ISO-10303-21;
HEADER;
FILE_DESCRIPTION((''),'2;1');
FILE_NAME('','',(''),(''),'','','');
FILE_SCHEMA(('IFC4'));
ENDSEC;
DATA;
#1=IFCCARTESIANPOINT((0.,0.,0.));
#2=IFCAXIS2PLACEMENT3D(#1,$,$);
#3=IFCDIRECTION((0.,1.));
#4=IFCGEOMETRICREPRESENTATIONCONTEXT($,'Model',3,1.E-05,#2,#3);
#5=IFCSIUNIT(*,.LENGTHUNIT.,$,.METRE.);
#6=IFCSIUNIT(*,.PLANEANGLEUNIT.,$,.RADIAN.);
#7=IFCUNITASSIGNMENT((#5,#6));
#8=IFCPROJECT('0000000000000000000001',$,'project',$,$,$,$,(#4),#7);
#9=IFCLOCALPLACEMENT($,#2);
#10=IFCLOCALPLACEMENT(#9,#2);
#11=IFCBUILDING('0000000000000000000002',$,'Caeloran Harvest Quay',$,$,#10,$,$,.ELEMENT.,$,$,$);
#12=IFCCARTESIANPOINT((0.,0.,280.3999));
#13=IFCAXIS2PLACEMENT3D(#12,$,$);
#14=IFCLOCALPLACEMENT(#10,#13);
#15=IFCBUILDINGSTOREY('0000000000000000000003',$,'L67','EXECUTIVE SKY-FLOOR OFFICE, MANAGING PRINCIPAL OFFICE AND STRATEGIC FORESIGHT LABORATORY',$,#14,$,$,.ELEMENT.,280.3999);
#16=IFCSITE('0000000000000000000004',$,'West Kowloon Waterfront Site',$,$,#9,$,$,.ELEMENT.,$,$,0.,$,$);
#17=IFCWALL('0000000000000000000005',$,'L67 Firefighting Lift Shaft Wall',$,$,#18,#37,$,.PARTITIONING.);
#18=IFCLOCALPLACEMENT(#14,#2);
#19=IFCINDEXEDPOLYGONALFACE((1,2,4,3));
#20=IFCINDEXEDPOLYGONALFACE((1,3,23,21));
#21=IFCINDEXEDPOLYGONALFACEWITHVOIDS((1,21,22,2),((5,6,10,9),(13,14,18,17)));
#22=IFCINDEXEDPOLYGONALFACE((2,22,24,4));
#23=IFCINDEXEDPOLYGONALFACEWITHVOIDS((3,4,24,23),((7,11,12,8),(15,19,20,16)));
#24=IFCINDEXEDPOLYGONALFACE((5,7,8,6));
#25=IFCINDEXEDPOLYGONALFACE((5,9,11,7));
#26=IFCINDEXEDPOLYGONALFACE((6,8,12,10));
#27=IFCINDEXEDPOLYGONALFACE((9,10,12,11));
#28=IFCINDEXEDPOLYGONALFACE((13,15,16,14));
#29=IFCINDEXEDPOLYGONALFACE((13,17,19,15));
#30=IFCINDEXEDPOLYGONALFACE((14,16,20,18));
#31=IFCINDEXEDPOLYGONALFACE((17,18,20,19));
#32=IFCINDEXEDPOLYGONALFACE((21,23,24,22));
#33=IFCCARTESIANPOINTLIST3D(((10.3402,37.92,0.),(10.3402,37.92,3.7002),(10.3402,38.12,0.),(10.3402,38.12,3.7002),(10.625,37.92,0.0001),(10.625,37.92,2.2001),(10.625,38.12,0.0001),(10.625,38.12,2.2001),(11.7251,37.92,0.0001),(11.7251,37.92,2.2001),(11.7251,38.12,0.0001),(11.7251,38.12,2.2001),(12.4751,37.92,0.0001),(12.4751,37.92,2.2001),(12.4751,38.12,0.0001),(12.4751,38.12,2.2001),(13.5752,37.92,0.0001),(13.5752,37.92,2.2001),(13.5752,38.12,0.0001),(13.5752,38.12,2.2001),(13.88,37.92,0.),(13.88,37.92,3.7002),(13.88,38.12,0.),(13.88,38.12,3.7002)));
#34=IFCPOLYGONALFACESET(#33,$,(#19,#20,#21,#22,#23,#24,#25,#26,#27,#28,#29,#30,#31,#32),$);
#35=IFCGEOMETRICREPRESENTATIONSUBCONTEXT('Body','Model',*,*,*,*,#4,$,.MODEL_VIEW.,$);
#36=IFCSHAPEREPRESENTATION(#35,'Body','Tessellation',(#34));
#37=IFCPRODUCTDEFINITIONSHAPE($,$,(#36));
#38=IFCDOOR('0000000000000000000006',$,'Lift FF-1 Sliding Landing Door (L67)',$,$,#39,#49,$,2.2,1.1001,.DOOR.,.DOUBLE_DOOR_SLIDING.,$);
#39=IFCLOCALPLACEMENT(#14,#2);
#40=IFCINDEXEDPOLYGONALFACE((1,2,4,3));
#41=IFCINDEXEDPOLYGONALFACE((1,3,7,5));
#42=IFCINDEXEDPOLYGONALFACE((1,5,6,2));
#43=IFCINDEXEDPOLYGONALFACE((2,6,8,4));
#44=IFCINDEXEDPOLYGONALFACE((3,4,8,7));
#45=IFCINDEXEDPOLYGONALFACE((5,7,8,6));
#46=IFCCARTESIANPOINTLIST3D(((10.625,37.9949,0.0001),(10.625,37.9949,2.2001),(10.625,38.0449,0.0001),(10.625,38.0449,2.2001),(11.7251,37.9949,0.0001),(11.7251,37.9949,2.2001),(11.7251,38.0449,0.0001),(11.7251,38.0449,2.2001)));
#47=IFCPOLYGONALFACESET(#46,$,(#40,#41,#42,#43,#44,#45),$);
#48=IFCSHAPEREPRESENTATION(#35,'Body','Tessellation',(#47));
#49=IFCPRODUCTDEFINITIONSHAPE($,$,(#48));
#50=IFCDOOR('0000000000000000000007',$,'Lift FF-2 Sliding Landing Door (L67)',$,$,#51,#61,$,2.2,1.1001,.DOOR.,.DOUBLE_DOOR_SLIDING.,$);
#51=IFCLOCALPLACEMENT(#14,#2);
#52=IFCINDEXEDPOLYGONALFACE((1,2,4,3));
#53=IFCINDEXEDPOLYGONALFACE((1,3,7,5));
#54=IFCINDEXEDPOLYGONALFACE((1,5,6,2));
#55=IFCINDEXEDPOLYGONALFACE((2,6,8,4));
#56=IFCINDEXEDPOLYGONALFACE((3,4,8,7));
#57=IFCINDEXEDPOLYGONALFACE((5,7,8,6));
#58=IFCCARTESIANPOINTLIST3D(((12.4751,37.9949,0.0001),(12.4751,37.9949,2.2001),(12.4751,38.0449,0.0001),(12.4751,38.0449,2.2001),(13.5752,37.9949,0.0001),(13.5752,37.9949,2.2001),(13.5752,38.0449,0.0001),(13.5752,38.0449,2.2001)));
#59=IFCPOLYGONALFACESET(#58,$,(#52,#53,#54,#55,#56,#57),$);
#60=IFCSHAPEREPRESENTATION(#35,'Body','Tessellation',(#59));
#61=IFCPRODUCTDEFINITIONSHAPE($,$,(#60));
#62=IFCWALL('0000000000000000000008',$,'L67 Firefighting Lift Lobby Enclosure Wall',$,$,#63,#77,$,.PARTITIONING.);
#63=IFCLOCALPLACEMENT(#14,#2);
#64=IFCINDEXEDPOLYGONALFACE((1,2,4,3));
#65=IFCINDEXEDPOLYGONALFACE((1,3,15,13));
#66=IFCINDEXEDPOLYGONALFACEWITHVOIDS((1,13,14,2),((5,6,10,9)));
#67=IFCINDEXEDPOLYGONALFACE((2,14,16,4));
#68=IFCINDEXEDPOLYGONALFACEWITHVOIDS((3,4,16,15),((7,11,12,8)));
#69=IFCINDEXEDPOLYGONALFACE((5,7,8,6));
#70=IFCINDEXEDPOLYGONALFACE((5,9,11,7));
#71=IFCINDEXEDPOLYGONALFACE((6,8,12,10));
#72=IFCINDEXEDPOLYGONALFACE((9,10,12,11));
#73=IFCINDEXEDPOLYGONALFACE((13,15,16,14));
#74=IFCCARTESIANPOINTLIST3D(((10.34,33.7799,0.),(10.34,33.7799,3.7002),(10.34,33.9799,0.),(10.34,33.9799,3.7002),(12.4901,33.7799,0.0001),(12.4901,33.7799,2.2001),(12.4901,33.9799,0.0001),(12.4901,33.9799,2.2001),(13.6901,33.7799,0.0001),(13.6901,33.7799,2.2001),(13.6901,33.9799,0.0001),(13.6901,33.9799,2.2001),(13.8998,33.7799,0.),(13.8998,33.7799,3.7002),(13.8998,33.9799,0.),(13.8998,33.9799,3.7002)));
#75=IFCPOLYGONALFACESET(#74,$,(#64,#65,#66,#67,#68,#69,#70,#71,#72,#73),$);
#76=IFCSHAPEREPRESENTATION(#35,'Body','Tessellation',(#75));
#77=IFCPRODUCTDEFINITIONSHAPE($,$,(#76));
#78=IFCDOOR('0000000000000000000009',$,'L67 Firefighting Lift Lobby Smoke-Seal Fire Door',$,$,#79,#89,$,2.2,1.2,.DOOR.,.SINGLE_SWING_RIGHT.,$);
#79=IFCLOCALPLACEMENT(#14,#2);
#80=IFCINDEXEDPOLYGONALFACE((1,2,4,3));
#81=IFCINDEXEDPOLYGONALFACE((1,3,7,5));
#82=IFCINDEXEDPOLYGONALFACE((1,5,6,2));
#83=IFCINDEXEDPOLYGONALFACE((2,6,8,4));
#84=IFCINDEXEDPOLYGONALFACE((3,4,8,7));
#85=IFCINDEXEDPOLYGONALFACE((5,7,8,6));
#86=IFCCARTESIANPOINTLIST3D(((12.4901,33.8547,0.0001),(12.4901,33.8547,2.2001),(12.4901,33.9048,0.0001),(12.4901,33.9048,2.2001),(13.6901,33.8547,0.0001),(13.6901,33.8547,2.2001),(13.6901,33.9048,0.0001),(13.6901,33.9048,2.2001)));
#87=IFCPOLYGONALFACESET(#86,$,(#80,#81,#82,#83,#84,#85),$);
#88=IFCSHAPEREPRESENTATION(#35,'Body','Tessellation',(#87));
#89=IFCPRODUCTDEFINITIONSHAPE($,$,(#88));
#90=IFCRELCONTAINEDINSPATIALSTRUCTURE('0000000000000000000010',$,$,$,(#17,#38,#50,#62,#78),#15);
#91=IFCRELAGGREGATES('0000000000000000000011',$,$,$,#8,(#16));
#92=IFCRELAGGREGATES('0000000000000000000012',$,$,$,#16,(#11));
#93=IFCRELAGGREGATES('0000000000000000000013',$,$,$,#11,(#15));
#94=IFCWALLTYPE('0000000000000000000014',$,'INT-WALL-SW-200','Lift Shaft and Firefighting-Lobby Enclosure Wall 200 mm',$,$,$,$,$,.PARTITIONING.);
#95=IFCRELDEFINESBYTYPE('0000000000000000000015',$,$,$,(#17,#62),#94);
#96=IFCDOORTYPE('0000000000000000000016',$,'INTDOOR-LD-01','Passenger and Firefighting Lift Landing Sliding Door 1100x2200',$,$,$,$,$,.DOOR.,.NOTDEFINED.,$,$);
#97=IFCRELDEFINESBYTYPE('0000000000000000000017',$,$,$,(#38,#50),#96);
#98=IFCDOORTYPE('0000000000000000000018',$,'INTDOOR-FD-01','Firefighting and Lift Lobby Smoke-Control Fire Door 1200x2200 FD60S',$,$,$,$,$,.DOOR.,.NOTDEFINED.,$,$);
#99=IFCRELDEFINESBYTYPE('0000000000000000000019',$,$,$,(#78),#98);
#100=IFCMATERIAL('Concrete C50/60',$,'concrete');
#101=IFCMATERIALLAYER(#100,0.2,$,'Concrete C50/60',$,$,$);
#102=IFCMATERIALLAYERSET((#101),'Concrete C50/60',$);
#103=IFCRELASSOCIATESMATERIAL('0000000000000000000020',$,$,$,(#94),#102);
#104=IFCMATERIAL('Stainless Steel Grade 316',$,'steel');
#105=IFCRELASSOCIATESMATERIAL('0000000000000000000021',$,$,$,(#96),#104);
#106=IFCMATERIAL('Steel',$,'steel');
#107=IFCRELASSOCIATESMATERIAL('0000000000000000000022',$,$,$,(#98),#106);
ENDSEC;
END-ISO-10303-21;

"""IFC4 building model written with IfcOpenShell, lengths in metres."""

from ifc_helpers import new_model, si_unit, direction, frame, frame_2d, origin, place, context, subcontext, project, spatial, rectangle, extrude, material, layer, layer_set, type_object, element, fill, save


model = new_model("IFC4")

# Units and contexts
model_context = context("Model", 3, precision=1e-05, world=origin(), true_north=direction((0.0, 1.0)))
body_context = subcontext(model_context, "Body", "Model", "MODEL_VIEW")
ifc_project = project(units=[si_unit("LENGTHUNIT", "METRE"), si_unit("PLANEANGLEUNIT", "RADIAN")], contexts=[model_context])

# Site, building, storey
site_placement = place(None, origin())
site = spatial("IfcSite", under=ifc_project, at=site_placement, Name="West Kowloon Waterfront Site", CompositionType="ELEMENT", RefElevation=0.0)
building_placement = place(site_placement, origin())
building = spatial("IfcBuilding", under=site, at=building_placement, Name="Caeloran Harvest Quay", CompositionType="ELEMENT")
storey_placement = place(building_placement, frame((0.0, 0.0, 280.3999)))
storey = spatial("IfcBuildingStorey", under=building, at=storey_placement, Name="L67", Description="EXECUTIVE SKY-FLOOR OFFICE, MANAGING PRINCIPAL OFFICE AND STRATEGIC FORESIGHT LABORATORY", CompositionType="ELEMENT", Elevation=280.3999)

# Shared definitions
ifc_material_1 = material(Name="Concrete C50/60", Category="concrete")
ifc_layer_1 = layer(ifc_material_1, 0.2, Name="Concrete C50/60")
ifc_layer_set_1 = layer_set([ifc_layer_1], Name="Concrete C50/60")
wall_type_1 = type_object("IfcWallType", Name="INT-WALL-SW-200", Description="Lift Shaft and Firefighting-Lobby Enclosure Wall 200 mm", PredefinedType="PARTITIONING", material=ifc_layer_set_1)
ifc_material_2 = material(Name="Stainless Steel Grade 316", Category="steel")
door_type_1 = type_object("IfcDoorType", Name="INTDOOR-LD-01", Description="Passenger and Firefighting Lift Landing Sliding Door 1100x2200", OperationType="NOTDEFINED", PredefinedType="DOOR", material=ifc_material_2)

# Wall, openings, doors
wall_1_placement = place(storey_placement, frame((10.3401, 38.02, 0.0), z_axis=(0.0, 0.0, 1.0), x_axis=(1.0, 0.0, 0.0)))
wall_1 = element("IfcWall", 1, at=wall_1_placement, inside=storey, type_object=wall_type_1, Name="L67 Firefighting Lift Shaft Wall", PredefinedType="PARTITIONING", context=body_context, shape_type="SweptSolid", body=[
    extrude(rectangle(XDim=3.5398, YDim=0.2, at=frame_2d((1.77, 0.0))), origin(), (0.0, 0.0, 1.0), 3.7002),
])
opening_1_placement = place(wall_1_placement, frame((0.2849, 0.0, 0.0)))
opening_1 = element("IfcOpeningElement", 2, at=opening_1_placement, cuts=wall_1, PredefinedType="OPENING", context=body_context, shape_type="SweptSolid", body=[
    extrude(rectangle(XDim=1.1001, YDim=2.2, at=frame_2d((0.55, 1.1001))), frame((0.0, 0.1099, 0.0), z_axis=(0.0, -1.0, 0.0), x_axis=(1.0, 0.0, 0.0)), (0.0, 0.0, 1.0), 0.22),
])
opening_2_placement = place(wall_1_placement, frame((2.135, 0.0, 0.0)))
opening_2 = element("IfcOpeningElement", 3, at=opening_2_placement, cuts=wall_1, PredefinedType="OPENING", context=body_context, shape_type="SweptSolid", body=[
    extrude(rectangle(XDim=1.1001, YDim=2.2, at=frame_2d((0.55, 1.1001))), frame((0.0, 0.1099, 0.0), z_axis=(0.0, -1.0, 0.0), x_axis=(1.0, 0.0, 0.0)), (0.0, 0.0, 1.0), 0.22),
])
door_1_placement = place(opening_1_placement, origin())
door_1 = element("IfcDoor", 4, at=door_1_placement, inside=storey, type_object=door_type_1, Name="Lift FF-1 Sliding Landing Door (L67)", OperationType="DOUBLE_DOOR_SLIDING", OverallHeight=2.2, OverallWidth=1.1001, PredefinedType="DOOR", context=body_context, shape_type="SweptSolid", body=[
    extrude(rectangle(XDim=1.1001, YDim=2.2, at=frame_2d((0.55, 1.1001))), frame((0.0, 0.0249, 0.0), z_axis=(0.0, -1.0, 0.0), x_axis=(1.0, 0.0, 0.0)), (0.0, 0.0, 1.0), 0.05),
])
fill(opening_1, door_1)
door_2_placement = place(opening_2_placement, origin())
door_2 = element("IfcDoor", 5, at=door_2_placement, inside=storey, type_object=door_type_1, Name="Lift FF-2 Sliding Landing Door (L67)", OperationType="DOUBLE_DOOR_SLIDING", OverallHeight=2.2, OverallWidth=1.1001, PredefinedType="DOOR", context=body_context, shape_type="SweptSolid", body=[
    extrude(rectangle(XDim=1.1001, YDim=2.2, at=frame_2d((0.55, 1.1001))), frame((0.0, 0.0249, 0.0), z_axis=(0.0, -1.0, 0.0), x_axis=(1.0, 0.0, 0.0)), (0.0, 0.0, 1.0), 0.05),
])
fill(opening_2, door_2)

# Wall, opening, door
wall_2_placement = place(storey_placement, frame((10.3401, 33.8799, 0.0), z_axis=(0.0, 0.0, 1.0), x_axis=(1.0, 0.0, 0.0)))
wall_2 = element("IfcWall", 6, at=wall_2_placement, inside=storey, type_object=wall_type_1, Name="L67 Firefighting Lift Lobby Enclosure Wall", PredefinedType="PARTITIONING", context=body_context, shape_type="SweptSolid", body=[
    extrude(rectangle(XDim=3.5598, YDim=0.2, at=frame_2d((1.7798, 0.0))), origin(), (0.0, 0.0, 1.0), 3.7002),
])
opening_3_placement = place(wall_2_placement, frame((2.1499, 0.0, 0.0)))
opening_3 = element("IfcOpeningElement", 7, at=opening_3_placement, cuts=wall_2, PredefinedType="OPENING", context=body_context, shape_type="SweptSolid", body=[
    extrude(rectangle(XDim=1.2, YDim=2.2, at=frame_2d((0.6001, 1.1001))), frame((0.0, 0.1099, 0.0), z_axis=(0.0, -1.0, 0.0), x_axis=(1.0, 0.0, 0.0)), (0.0, 0.0, 1.0), 0.22),
])
ifc_material_3 = material(Name="Steel", Category="steel")
door_type_2 = type_object("IfcDoorType", Name="INTDOOR-FD-01", Description="Firefighting and Lift Lobby Smoke-Control Fire Door 1200x2200 FD60S", OperationType="NOTDEFINED", PredefinedType="DOOR", material=ifc_material_3)
door_3_placement = place(opening_3_placement, origin())
door_3 = element("IfcDoor", 8, at=door_3_placement, inside=storey, type_object=door_type_2, Name="L67 Firefighting Lift Lobby Smoke-Seal Fire Door", OperationType="SINGLE_SWING_RIGHT", OverallHeight=2.2, OverallWidth=1.2, PredefinedType="DOOR", context=body_context, shape_type="SweptSolid", body=[
    extrude(rectangle(XDim=1.2, YDim=2.2, at=frame_2d((0.6001, 1.1001))), frame((0.0, 0.0249, 0.0), z_axis=(0.0, -1.0, 0.0), x_axis=(1.0, 0.0, 0.0)), (0.0, 0.0, 1.0), 0.05),
])
fill(opening_3, door_3)

save(model, "model.ifc")
